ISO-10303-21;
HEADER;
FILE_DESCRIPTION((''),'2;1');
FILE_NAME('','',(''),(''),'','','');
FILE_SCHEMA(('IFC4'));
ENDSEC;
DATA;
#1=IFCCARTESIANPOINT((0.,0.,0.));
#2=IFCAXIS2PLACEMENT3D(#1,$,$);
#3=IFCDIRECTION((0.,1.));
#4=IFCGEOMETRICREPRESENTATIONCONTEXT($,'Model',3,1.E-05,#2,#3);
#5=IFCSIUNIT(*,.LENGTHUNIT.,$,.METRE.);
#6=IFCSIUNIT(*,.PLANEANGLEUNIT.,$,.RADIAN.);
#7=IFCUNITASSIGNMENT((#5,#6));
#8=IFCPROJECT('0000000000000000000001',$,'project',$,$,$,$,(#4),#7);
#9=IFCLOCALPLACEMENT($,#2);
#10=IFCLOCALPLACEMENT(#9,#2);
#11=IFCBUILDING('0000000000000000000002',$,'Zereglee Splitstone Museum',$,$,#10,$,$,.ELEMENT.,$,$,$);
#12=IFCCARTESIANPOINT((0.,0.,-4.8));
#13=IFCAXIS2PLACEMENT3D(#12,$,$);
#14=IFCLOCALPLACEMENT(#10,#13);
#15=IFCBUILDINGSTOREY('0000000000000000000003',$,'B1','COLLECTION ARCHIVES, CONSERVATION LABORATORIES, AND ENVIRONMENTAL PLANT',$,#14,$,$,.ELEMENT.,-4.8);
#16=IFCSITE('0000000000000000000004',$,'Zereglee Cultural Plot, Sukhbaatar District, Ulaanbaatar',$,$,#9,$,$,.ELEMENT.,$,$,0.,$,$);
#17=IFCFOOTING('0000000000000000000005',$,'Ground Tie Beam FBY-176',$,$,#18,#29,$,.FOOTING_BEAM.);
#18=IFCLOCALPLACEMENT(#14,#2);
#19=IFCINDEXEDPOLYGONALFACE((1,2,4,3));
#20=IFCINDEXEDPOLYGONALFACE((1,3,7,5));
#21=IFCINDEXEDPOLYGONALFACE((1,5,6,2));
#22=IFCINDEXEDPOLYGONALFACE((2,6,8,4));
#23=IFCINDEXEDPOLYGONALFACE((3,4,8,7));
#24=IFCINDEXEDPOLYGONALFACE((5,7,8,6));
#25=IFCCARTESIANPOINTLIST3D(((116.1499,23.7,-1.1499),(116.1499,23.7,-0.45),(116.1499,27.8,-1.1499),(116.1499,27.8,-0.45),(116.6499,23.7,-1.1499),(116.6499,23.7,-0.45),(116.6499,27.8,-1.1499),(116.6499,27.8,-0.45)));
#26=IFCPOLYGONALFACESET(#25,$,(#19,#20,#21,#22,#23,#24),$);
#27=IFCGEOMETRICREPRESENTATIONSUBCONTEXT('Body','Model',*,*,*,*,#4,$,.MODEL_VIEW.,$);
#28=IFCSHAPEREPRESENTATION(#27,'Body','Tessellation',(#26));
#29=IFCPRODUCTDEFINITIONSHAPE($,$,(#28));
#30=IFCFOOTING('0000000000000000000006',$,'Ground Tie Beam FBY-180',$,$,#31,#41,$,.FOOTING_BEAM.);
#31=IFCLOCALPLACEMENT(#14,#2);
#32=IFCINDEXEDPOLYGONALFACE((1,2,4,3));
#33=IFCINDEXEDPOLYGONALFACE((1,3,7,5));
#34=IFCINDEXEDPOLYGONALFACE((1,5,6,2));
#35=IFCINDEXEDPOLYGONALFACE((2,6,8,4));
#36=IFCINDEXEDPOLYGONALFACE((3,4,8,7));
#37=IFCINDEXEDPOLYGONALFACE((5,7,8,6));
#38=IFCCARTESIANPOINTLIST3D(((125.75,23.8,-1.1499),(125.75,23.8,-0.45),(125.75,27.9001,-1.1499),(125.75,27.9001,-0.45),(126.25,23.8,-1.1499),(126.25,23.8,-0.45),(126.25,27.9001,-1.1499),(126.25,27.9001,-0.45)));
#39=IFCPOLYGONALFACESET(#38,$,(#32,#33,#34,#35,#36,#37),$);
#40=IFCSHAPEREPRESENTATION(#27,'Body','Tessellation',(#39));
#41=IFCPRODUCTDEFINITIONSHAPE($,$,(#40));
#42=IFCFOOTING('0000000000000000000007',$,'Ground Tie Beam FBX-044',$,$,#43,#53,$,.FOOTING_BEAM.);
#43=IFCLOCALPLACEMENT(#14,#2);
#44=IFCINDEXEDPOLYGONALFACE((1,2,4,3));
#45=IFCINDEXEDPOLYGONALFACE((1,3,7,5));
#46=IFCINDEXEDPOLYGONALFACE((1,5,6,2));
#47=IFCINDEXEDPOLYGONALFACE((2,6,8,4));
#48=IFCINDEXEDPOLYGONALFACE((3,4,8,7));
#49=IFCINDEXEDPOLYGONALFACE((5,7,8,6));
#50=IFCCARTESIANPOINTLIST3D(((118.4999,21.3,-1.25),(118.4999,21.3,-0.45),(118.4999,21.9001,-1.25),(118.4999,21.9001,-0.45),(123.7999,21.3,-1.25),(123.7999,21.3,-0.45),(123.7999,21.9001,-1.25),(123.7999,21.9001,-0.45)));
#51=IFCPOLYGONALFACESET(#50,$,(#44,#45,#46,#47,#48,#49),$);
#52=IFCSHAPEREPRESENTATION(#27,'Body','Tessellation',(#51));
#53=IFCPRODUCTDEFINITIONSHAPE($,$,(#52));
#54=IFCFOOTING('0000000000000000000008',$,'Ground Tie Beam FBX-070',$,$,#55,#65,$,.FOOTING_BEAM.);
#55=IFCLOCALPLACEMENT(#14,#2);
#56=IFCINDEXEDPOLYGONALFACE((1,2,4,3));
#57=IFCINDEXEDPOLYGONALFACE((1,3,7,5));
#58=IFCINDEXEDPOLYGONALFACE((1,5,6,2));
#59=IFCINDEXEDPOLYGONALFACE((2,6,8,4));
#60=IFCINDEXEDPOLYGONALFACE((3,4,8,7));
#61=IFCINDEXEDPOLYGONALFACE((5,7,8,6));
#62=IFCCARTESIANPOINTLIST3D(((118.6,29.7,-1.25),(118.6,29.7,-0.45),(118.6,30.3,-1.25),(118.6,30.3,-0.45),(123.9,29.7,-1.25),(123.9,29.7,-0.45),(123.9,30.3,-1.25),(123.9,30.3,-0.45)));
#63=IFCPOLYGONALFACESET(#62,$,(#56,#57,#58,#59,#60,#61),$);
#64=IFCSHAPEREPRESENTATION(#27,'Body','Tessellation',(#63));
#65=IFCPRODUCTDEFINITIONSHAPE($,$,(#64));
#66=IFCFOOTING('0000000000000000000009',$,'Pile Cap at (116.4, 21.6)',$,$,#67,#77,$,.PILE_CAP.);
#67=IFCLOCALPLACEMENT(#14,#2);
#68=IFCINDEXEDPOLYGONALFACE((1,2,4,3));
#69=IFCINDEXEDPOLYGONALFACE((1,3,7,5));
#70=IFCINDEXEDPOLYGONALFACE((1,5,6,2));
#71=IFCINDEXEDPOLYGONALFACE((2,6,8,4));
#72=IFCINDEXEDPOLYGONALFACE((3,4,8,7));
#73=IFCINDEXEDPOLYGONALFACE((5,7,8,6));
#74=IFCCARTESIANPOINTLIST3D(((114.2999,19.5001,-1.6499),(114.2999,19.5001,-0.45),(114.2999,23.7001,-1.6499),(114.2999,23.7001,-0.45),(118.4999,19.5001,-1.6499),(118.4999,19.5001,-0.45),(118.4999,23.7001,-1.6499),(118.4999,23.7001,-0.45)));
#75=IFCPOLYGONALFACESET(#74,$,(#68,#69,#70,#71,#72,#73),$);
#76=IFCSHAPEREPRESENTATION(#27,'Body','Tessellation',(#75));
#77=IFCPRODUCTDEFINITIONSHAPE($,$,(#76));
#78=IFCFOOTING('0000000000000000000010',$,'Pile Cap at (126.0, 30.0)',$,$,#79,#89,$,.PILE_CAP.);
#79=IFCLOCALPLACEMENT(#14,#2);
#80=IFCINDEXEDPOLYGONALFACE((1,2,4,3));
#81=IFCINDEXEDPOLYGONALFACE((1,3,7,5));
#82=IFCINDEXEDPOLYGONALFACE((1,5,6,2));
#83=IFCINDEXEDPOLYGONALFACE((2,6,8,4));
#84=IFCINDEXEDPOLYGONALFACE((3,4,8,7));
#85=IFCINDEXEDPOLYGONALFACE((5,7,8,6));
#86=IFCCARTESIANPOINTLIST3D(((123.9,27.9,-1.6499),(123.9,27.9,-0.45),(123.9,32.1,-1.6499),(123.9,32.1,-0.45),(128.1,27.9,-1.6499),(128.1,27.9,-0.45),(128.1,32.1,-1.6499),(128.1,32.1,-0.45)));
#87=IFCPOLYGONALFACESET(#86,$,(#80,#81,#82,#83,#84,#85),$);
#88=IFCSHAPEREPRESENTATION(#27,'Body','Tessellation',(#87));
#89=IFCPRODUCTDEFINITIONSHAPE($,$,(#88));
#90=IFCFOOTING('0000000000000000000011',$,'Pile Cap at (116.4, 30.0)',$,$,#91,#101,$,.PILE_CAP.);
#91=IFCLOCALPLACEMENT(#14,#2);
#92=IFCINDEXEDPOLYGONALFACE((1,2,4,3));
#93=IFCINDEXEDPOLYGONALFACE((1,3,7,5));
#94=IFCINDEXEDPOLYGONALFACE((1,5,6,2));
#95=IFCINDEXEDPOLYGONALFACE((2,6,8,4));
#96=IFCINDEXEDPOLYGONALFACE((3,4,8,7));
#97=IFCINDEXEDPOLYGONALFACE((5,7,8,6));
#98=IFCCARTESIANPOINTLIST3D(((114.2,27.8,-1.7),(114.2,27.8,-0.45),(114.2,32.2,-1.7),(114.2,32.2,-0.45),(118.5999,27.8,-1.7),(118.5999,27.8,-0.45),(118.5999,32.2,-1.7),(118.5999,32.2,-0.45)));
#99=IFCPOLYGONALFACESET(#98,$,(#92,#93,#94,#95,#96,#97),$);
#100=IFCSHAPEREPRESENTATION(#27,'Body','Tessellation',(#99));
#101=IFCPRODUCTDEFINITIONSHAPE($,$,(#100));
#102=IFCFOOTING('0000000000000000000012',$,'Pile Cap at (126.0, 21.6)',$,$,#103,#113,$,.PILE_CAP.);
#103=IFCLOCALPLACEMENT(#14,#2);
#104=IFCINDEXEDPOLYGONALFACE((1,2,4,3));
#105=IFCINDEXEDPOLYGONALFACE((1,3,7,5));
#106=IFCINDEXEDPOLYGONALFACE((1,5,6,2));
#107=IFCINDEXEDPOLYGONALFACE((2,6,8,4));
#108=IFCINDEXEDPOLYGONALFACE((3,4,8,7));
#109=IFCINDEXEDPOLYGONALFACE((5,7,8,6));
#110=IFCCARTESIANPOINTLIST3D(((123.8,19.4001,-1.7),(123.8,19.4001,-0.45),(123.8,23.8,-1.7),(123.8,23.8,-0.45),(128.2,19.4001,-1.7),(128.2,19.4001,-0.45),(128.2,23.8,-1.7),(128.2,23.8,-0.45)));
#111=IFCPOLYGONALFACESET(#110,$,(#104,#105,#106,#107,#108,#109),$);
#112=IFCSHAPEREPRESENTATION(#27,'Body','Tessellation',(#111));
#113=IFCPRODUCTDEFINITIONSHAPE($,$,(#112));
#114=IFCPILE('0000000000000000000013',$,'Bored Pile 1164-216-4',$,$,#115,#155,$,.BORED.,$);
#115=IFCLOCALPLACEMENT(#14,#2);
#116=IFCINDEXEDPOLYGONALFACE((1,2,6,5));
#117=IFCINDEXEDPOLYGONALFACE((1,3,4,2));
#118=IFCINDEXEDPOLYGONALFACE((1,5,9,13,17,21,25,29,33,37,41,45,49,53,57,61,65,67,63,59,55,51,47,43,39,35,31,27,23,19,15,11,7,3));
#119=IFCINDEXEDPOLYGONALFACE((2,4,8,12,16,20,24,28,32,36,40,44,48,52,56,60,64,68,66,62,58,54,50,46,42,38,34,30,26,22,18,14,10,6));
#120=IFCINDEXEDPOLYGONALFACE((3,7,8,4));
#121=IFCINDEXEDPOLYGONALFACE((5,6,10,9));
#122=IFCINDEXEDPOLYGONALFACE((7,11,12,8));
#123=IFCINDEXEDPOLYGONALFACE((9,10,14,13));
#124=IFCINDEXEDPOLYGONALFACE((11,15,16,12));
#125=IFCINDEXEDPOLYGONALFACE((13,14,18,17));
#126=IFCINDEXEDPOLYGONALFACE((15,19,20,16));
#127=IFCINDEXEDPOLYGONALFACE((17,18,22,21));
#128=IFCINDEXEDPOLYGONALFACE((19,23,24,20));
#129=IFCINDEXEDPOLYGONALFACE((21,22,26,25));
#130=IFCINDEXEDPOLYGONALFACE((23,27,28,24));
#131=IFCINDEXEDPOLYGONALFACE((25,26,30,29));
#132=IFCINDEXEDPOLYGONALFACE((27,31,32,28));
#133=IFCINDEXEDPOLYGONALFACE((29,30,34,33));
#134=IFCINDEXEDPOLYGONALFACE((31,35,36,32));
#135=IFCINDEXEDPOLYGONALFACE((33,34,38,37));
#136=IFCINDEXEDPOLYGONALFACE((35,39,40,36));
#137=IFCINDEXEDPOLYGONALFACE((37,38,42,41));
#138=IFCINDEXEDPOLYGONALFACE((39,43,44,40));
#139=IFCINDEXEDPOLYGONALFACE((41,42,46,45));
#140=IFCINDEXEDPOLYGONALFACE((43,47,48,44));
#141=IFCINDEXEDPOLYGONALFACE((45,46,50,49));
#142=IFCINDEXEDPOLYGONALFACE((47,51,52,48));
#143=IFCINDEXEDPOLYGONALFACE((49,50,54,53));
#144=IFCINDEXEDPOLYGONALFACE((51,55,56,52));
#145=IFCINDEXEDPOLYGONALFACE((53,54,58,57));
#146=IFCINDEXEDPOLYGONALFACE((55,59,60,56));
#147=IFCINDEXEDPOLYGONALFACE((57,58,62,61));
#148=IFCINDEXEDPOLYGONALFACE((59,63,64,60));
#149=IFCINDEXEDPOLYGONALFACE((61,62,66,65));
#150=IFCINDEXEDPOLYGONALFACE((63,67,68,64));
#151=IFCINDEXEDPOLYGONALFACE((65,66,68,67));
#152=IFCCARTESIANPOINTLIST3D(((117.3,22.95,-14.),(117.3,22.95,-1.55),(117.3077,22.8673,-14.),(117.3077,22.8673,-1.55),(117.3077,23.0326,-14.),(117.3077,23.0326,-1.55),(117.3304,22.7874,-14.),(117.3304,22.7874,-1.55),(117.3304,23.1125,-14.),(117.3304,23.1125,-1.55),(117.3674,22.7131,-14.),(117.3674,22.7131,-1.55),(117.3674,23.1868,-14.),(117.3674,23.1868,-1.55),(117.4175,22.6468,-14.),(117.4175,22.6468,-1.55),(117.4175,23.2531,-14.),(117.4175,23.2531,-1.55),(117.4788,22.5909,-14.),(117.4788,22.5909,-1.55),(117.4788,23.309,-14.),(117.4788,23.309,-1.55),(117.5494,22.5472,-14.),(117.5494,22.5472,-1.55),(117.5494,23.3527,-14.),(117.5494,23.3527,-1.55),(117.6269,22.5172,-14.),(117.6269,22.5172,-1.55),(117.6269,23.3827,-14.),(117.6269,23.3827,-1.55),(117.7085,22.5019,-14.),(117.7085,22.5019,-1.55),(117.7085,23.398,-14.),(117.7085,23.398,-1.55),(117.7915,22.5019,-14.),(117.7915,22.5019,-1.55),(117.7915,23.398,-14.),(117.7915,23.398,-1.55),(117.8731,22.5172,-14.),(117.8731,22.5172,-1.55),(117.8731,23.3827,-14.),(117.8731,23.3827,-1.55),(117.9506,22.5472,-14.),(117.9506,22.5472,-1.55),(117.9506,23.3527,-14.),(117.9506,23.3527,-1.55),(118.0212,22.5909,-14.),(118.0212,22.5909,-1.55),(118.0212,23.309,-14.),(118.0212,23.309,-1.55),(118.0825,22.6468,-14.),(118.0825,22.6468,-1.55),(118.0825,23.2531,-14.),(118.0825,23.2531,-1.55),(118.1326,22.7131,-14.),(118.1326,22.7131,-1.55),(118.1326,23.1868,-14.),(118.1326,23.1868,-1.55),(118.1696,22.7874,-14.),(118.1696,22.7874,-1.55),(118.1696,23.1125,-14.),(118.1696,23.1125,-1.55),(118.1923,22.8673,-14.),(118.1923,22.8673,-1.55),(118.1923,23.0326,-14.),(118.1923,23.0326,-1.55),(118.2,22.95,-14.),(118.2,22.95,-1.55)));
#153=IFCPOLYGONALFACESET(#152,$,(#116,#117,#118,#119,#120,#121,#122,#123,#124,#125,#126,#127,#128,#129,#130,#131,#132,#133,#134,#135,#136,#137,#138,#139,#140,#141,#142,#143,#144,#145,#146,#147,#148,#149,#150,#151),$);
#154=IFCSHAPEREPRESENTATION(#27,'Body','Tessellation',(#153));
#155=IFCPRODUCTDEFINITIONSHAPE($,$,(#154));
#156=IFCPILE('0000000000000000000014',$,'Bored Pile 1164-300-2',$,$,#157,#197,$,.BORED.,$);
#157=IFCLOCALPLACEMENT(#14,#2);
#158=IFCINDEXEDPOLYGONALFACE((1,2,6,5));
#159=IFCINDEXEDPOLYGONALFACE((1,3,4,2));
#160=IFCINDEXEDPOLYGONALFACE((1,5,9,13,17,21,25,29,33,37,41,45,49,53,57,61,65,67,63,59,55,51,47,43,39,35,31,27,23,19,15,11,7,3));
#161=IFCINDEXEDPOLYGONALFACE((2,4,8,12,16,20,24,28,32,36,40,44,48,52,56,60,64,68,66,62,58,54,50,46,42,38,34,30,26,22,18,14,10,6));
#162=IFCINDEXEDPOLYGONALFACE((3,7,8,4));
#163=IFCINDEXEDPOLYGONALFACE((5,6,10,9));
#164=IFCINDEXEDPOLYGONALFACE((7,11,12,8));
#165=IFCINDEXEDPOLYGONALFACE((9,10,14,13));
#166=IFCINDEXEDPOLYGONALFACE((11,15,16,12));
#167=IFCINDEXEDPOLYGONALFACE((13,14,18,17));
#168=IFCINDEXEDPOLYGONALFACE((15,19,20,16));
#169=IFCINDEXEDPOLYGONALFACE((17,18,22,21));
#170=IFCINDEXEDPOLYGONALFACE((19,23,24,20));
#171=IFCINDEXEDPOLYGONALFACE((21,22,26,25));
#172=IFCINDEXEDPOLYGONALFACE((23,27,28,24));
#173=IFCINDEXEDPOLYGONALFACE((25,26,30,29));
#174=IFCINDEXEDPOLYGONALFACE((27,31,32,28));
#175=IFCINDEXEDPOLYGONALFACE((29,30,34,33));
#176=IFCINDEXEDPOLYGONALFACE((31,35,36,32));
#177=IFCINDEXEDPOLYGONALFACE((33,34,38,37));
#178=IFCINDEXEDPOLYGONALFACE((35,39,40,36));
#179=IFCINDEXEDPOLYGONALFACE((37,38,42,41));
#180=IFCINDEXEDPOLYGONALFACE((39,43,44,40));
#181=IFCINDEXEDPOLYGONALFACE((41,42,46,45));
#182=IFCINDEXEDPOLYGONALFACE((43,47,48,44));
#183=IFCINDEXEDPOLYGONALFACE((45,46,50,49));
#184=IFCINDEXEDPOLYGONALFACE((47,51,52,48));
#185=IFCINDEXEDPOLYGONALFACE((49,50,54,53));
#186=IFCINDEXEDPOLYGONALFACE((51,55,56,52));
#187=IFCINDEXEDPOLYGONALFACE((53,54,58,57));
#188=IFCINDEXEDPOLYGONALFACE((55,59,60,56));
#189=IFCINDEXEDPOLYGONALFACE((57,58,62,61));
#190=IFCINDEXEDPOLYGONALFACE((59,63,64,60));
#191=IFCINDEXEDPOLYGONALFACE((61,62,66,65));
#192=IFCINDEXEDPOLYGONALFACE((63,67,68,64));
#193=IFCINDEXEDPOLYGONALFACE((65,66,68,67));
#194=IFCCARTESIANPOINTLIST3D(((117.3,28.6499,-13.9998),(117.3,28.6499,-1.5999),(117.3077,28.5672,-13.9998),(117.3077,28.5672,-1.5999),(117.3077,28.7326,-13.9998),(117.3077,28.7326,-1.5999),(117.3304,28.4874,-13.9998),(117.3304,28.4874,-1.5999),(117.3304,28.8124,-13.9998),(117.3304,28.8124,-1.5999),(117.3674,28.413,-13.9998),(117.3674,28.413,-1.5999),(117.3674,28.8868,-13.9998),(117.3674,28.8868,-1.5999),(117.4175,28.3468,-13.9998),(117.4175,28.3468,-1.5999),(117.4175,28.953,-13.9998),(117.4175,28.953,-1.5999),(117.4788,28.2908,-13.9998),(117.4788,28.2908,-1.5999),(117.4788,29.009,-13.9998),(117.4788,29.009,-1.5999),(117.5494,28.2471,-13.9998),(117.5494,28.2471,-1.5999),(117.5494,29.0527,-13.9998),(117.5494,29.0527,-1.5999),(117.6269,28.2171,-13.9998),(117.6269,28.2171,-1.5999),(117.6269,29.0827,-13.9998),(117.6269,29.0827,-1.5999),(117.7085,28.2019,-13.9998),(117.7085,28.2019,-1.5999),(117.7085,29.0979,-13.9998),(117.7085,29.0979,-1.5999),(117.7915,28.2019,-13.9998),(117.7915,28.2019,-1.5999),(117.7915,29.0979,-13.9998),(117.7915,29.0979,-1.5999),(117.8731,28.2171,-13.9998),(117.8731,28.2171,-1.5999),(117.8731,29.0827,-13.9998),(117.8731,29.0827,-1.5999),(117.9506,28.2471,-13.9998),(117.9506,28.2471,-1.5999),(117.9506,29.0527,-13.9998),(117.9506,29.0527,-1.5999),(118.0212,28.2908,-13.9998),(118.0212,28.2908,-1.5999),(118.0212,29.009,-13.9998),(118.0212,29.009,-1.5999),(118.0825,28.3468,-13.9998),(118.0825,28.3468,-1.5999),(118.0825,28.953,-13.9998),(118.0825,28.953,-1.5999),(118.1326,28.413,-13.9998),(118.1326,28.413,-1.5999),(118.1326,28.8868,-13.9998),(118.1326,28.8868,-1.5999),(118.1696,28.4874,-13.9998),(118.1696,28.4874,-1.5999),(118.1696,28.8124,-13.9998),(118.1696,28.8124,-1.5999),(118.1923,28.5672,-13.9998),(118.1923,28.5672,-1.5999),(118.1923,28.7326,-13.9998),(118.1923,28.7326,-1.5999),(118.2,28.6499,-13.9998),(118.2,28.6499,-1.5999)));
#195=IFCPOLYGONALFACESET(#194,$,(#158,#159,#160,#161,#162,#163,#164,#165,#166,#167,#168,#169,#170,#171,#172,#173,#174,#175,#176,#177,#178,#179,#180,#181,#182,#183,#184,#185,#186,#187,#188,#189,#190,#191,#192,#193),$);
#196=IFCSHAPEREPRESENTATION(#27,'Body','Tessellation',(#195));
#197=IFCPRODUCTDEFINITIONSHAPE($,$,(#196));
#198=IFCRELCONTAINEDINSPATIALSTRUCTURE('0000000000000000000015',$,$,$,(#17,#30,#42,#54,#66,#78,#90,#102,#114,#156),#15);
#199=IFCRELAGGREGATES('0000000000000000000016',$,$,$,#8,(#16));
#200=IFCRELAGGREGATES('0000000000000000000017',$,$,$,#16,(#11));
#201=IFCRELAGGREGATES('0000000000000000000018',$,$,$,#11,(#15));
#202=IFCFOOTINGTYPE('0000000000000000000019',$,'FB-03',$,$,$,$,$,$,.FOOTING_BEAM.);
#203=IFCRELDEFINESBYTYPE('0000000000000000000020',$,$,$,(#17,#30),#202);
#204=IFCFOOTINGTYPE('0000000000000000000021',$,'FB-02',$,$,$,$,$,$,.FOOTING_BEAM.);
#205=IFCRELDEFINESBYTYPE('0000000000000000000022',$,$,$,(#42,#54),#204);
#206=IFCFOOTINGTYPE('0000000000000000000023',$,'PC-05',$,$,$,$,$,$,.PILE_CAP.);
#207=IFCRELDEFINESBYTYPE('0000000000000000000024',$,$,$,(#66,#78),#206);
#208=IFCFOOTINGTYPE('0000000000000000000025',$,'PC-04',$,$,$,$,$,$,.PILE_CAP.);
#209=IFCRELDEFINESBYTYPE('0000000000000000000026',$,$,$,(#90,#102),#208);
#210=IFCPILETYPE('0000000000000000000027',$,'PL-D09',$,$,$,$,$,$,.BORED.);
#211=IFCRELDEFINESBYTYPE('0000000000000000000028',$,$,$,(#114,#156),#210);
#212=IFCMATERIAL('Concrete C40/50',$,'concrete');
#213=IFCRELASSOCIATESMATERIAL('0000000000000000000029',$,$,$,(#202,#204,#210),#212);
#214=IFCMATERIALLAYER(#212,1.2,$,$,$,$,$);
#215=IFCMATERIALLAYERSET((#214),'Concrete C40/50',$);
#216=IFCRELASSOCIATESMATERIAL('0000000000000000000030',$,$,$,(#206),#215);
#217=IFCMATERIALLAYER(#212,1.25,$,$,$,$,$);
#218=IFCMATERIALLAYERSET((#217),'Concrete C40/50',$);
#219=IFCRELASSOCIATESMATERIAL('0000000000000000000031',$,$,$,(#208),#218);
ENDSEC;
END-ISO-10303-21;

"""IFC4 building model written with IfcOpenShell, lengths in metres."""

from ifc_helpers import new_model, si_unit, direction, frame, origin, origin_2d, place, context, subcontext, project, spatial, rectangle, circle, extrude, material, layer, layer_set, material_profile, profile_set, type_object, element, save


model = new_model("IFC4")

# Units and contexts
model_context = context("Model", 3, precision=1e-05, world=origin(), true_north=direction((0.0, 1.0)))
body_context = subcontext(model_context, "Body", "Model", "MODEL_VIEW")
ifc_project = project(units=[si_unit("LENGTHUNIT", "METRE"), si_unit("PLANEANGLEUNIT", "RADIAN")], contexts=[model_context])

# Site, building, storey
site_placement = place(None, origin())
site = spatial("IfcSite", under=ifc_project, at=site_placement, Name="Zereglee Cultural Plot, Sukhbaatar District, Ulaanbaatar", CompositionType="ELEMENT", RefElevation=0.0)
building_placement = place(site_placement, origin())
building = spatial("IfcBuilding", under=site, at=building_placement, Name="Zereglee Splitstone Museum", CompositionType="ELEMENT")
storey_placement = place(building_placement, frame((0.0, 0.0, -4.8)))
storey = spatial("IfcBuildingStorey", under=building, at=storey_placement, Name="B1", Description="COLLECTION ARCHIVES, CONSERVATION LABORATORIES, AND ENVIRONMENTAL PLANT", CompositionType="ELEMENT", Elevation=-4.8)

# Footings
ifc_material_1 = material(Name="Concrete C40/50", Category="concrete")
footing_type_1 = type_object("IfcFootingType", Name="FB-03", PredefinedType="FOOTING_BEAM", material=ifc_material_1)
for number, where, z_axis, x_axis, name in (
    (1, (116.3999, 25.75, -1.1499), (0.0, 0.0, 1.0), (0.0, 1.0, 0.0), "Ground Tie Beam FBY-176"),
    (2, (126.0, 25.8501, -1.1499), (0.0, 0.0, 1.0), (0.0, 1.0, 0.0), "Ground Tie Beam FBY-180"),
):
    element("IfcFooting", number, at=place(storey_placement, frame(where, z_axis=z_axis, x_axis=x_axis)), inside=storey, type_object=footing_type_1, Name=name, PredefinedType="FOOTING_BEAM", context=body_context, shape_type="SweptSolid", body=[
        extrude(rectangle(XDim=4.1001, YDim=0.5, at=origin_2d()), origin(), (0.0, 0.0, 1.0), 0.7),
    ])
footing_type_2 = type_object("IfcFootingType", Name="FB-02", PredefinedType="FOOTING_BEAM", material=ifc_material_1)
for number, where, z_axis, x_axis, name in (
    (3, (121.1499, 21.6001, -1.25), (0.0, 0.0, 1.0), (1.0, 0.0, 0.0), "Ground Tie Beam FBX-044"),
    (4, (121.25, 30.0, -1.25), (0.0, 0.0, 1.0), (1.0, 0.0, 0.0), "Ground Tie Beam FBX-070"),
):
    element("IfcFooting", number, at=place(storey_placement, frame(where, z_axis=z_axis, x_axis=x_axis)), inside=storey, type_object=footing_type_2, Name=name, PredefinedType="FOOTING_BEAM", context=body_context, shape_type="SweptSolid", body=[
        extrude(rectangle(XDim=5.3, YDim=0.6001, at=origin_2d()), origin(), (0.0, 0.0, 1.0), 0.8),
    ])
ifc_layer_1 = layer(ifc_material_1, 1.2)
ifc_layer_set_1 = layer_set([ifc_layer_1], Name="Concrete C40/50")
footing_type_3 = type_object("IfcFootingType", Name="PC-05", PredefinedType="PILE_CAP", material=ifc_layer_set_1)
for number, where, z_axis, x_axis, name in (
    (5, (116.3999, 21.6001, -1.6499), (0.0, 0.0, 1.0), (1.0, 0.0, 0.0), "Pile Cap at (116.4, 21.6)"),
    (6, (126.0, 30.0, -1.6499), (0.0, 0.0, 1.0), (1.0, 0.0, 0.0), "Pile Cap at (126.0, 30.0)"),
):
    element("IfcFooting", number, at=place(storey_placement, frame(where, z_axis=z_axis, x_axis=x_axis)), inside=storey, type_object=footing_type_3, Name=name, PredefinedType="PILE_CAP", context=body_context, shape_type="SweptSolid", body=[
        extrude(rectangle(XDim=4.2, YDim=4.2, at=origin_2d()), origin(), (0.0, 0.0, 1.0), 1.2),
    ])
ifc_layer_2 = layer(ifc_material_1, 1.25)
ifc_layer_set_2 = layer_set([ifc_layer_2], Name="Concrete C40/50")
footing_type_4 = type_object("IfcFootingType", Name="PC-04", PredefinedType="PILE_CAP", material=ifc_layer_set_2)
for number, where, z_axis, x_axis, name in (
    (7, (116.3999, 30.0, -1.7), (0.0, 0.0, 1.0), (1.0, 0.0, 0.0), "Pile Cap at (116.4, 30.0)"),
    (8, (126.0, 21.6001, -1.7), (0.0, 0.0, 1.0), (1.0, 0.0, 0.0), "Pile Cap at (126.0, 21.6)"),
):
    element("IfcFooting", number, at=place(storey_placement, frame(where, z_axis=z_axis, x_axis=x_axis)), inside=storey, type_object=footing_type_4, Name=name, PredefinedType="PILE_CAP", context=body_context, shape_type="SweptSolid", body=[
        extrude(rectangle(XDim=4.3999, YDim=4.3999, at=origin_2d()), origin(), (0.0, 0.0, 1.0), 1.25),
    ])

# Piles
ifc_material_profile_1 = material_profile(ifc_material_1, circle(Radius=0.45, at=origin_2d()), Name="PILE D900")
ifc_profile_set_1 = profile_set([ifc_material_profile_1], Name="Concrete C40/50")
pile_type = type_object("IfcPileType", Name="PL-D09", PredefinedType="BORED", material=ifc_profile_set_1)
pile_placement = place(storey_placement, frame((117.75, 22.95, -1.55), z_axis=(0.0, 0.0, -1.0), x_axis=(1.0, 0.0, 0.0)))
element("IfcPile", 9, at=pile_placement, inside=storey, type_object=pile_type, Name="Bored Pile 1164-216-4", PredefinedType="BORED", context=body_context, shape_type="SweptSolid", body=[
    extrude(circle(Radius=0.45, at=origin_2d()), origin(), (0.0, 0.0, 1.0), 12.45),
])
for number, where, z_axis, x_axis, name in (
    (10, (117.75, 28.6499, -1.5999), (0.0, 0.0, -1.0), (1.0, 0.0, 0.0), "Bored Pile 1164-300-2"),
):
    element("IfcPile", number, at=place(storey_placement, frame(where, z_axis=z_axis, x_axis=x_axis)), inside=storey, type_object=pile_type, Name=name, PredefinedType="BORED", context=body_context, shape_type="SweptSolid", body=[
        extrude(circle(Radius=0.45, at=origin_2d()), origin(), (0.0, 0.0, 1.0), 12.3999),
    ])

save(model, "model.ifc")
